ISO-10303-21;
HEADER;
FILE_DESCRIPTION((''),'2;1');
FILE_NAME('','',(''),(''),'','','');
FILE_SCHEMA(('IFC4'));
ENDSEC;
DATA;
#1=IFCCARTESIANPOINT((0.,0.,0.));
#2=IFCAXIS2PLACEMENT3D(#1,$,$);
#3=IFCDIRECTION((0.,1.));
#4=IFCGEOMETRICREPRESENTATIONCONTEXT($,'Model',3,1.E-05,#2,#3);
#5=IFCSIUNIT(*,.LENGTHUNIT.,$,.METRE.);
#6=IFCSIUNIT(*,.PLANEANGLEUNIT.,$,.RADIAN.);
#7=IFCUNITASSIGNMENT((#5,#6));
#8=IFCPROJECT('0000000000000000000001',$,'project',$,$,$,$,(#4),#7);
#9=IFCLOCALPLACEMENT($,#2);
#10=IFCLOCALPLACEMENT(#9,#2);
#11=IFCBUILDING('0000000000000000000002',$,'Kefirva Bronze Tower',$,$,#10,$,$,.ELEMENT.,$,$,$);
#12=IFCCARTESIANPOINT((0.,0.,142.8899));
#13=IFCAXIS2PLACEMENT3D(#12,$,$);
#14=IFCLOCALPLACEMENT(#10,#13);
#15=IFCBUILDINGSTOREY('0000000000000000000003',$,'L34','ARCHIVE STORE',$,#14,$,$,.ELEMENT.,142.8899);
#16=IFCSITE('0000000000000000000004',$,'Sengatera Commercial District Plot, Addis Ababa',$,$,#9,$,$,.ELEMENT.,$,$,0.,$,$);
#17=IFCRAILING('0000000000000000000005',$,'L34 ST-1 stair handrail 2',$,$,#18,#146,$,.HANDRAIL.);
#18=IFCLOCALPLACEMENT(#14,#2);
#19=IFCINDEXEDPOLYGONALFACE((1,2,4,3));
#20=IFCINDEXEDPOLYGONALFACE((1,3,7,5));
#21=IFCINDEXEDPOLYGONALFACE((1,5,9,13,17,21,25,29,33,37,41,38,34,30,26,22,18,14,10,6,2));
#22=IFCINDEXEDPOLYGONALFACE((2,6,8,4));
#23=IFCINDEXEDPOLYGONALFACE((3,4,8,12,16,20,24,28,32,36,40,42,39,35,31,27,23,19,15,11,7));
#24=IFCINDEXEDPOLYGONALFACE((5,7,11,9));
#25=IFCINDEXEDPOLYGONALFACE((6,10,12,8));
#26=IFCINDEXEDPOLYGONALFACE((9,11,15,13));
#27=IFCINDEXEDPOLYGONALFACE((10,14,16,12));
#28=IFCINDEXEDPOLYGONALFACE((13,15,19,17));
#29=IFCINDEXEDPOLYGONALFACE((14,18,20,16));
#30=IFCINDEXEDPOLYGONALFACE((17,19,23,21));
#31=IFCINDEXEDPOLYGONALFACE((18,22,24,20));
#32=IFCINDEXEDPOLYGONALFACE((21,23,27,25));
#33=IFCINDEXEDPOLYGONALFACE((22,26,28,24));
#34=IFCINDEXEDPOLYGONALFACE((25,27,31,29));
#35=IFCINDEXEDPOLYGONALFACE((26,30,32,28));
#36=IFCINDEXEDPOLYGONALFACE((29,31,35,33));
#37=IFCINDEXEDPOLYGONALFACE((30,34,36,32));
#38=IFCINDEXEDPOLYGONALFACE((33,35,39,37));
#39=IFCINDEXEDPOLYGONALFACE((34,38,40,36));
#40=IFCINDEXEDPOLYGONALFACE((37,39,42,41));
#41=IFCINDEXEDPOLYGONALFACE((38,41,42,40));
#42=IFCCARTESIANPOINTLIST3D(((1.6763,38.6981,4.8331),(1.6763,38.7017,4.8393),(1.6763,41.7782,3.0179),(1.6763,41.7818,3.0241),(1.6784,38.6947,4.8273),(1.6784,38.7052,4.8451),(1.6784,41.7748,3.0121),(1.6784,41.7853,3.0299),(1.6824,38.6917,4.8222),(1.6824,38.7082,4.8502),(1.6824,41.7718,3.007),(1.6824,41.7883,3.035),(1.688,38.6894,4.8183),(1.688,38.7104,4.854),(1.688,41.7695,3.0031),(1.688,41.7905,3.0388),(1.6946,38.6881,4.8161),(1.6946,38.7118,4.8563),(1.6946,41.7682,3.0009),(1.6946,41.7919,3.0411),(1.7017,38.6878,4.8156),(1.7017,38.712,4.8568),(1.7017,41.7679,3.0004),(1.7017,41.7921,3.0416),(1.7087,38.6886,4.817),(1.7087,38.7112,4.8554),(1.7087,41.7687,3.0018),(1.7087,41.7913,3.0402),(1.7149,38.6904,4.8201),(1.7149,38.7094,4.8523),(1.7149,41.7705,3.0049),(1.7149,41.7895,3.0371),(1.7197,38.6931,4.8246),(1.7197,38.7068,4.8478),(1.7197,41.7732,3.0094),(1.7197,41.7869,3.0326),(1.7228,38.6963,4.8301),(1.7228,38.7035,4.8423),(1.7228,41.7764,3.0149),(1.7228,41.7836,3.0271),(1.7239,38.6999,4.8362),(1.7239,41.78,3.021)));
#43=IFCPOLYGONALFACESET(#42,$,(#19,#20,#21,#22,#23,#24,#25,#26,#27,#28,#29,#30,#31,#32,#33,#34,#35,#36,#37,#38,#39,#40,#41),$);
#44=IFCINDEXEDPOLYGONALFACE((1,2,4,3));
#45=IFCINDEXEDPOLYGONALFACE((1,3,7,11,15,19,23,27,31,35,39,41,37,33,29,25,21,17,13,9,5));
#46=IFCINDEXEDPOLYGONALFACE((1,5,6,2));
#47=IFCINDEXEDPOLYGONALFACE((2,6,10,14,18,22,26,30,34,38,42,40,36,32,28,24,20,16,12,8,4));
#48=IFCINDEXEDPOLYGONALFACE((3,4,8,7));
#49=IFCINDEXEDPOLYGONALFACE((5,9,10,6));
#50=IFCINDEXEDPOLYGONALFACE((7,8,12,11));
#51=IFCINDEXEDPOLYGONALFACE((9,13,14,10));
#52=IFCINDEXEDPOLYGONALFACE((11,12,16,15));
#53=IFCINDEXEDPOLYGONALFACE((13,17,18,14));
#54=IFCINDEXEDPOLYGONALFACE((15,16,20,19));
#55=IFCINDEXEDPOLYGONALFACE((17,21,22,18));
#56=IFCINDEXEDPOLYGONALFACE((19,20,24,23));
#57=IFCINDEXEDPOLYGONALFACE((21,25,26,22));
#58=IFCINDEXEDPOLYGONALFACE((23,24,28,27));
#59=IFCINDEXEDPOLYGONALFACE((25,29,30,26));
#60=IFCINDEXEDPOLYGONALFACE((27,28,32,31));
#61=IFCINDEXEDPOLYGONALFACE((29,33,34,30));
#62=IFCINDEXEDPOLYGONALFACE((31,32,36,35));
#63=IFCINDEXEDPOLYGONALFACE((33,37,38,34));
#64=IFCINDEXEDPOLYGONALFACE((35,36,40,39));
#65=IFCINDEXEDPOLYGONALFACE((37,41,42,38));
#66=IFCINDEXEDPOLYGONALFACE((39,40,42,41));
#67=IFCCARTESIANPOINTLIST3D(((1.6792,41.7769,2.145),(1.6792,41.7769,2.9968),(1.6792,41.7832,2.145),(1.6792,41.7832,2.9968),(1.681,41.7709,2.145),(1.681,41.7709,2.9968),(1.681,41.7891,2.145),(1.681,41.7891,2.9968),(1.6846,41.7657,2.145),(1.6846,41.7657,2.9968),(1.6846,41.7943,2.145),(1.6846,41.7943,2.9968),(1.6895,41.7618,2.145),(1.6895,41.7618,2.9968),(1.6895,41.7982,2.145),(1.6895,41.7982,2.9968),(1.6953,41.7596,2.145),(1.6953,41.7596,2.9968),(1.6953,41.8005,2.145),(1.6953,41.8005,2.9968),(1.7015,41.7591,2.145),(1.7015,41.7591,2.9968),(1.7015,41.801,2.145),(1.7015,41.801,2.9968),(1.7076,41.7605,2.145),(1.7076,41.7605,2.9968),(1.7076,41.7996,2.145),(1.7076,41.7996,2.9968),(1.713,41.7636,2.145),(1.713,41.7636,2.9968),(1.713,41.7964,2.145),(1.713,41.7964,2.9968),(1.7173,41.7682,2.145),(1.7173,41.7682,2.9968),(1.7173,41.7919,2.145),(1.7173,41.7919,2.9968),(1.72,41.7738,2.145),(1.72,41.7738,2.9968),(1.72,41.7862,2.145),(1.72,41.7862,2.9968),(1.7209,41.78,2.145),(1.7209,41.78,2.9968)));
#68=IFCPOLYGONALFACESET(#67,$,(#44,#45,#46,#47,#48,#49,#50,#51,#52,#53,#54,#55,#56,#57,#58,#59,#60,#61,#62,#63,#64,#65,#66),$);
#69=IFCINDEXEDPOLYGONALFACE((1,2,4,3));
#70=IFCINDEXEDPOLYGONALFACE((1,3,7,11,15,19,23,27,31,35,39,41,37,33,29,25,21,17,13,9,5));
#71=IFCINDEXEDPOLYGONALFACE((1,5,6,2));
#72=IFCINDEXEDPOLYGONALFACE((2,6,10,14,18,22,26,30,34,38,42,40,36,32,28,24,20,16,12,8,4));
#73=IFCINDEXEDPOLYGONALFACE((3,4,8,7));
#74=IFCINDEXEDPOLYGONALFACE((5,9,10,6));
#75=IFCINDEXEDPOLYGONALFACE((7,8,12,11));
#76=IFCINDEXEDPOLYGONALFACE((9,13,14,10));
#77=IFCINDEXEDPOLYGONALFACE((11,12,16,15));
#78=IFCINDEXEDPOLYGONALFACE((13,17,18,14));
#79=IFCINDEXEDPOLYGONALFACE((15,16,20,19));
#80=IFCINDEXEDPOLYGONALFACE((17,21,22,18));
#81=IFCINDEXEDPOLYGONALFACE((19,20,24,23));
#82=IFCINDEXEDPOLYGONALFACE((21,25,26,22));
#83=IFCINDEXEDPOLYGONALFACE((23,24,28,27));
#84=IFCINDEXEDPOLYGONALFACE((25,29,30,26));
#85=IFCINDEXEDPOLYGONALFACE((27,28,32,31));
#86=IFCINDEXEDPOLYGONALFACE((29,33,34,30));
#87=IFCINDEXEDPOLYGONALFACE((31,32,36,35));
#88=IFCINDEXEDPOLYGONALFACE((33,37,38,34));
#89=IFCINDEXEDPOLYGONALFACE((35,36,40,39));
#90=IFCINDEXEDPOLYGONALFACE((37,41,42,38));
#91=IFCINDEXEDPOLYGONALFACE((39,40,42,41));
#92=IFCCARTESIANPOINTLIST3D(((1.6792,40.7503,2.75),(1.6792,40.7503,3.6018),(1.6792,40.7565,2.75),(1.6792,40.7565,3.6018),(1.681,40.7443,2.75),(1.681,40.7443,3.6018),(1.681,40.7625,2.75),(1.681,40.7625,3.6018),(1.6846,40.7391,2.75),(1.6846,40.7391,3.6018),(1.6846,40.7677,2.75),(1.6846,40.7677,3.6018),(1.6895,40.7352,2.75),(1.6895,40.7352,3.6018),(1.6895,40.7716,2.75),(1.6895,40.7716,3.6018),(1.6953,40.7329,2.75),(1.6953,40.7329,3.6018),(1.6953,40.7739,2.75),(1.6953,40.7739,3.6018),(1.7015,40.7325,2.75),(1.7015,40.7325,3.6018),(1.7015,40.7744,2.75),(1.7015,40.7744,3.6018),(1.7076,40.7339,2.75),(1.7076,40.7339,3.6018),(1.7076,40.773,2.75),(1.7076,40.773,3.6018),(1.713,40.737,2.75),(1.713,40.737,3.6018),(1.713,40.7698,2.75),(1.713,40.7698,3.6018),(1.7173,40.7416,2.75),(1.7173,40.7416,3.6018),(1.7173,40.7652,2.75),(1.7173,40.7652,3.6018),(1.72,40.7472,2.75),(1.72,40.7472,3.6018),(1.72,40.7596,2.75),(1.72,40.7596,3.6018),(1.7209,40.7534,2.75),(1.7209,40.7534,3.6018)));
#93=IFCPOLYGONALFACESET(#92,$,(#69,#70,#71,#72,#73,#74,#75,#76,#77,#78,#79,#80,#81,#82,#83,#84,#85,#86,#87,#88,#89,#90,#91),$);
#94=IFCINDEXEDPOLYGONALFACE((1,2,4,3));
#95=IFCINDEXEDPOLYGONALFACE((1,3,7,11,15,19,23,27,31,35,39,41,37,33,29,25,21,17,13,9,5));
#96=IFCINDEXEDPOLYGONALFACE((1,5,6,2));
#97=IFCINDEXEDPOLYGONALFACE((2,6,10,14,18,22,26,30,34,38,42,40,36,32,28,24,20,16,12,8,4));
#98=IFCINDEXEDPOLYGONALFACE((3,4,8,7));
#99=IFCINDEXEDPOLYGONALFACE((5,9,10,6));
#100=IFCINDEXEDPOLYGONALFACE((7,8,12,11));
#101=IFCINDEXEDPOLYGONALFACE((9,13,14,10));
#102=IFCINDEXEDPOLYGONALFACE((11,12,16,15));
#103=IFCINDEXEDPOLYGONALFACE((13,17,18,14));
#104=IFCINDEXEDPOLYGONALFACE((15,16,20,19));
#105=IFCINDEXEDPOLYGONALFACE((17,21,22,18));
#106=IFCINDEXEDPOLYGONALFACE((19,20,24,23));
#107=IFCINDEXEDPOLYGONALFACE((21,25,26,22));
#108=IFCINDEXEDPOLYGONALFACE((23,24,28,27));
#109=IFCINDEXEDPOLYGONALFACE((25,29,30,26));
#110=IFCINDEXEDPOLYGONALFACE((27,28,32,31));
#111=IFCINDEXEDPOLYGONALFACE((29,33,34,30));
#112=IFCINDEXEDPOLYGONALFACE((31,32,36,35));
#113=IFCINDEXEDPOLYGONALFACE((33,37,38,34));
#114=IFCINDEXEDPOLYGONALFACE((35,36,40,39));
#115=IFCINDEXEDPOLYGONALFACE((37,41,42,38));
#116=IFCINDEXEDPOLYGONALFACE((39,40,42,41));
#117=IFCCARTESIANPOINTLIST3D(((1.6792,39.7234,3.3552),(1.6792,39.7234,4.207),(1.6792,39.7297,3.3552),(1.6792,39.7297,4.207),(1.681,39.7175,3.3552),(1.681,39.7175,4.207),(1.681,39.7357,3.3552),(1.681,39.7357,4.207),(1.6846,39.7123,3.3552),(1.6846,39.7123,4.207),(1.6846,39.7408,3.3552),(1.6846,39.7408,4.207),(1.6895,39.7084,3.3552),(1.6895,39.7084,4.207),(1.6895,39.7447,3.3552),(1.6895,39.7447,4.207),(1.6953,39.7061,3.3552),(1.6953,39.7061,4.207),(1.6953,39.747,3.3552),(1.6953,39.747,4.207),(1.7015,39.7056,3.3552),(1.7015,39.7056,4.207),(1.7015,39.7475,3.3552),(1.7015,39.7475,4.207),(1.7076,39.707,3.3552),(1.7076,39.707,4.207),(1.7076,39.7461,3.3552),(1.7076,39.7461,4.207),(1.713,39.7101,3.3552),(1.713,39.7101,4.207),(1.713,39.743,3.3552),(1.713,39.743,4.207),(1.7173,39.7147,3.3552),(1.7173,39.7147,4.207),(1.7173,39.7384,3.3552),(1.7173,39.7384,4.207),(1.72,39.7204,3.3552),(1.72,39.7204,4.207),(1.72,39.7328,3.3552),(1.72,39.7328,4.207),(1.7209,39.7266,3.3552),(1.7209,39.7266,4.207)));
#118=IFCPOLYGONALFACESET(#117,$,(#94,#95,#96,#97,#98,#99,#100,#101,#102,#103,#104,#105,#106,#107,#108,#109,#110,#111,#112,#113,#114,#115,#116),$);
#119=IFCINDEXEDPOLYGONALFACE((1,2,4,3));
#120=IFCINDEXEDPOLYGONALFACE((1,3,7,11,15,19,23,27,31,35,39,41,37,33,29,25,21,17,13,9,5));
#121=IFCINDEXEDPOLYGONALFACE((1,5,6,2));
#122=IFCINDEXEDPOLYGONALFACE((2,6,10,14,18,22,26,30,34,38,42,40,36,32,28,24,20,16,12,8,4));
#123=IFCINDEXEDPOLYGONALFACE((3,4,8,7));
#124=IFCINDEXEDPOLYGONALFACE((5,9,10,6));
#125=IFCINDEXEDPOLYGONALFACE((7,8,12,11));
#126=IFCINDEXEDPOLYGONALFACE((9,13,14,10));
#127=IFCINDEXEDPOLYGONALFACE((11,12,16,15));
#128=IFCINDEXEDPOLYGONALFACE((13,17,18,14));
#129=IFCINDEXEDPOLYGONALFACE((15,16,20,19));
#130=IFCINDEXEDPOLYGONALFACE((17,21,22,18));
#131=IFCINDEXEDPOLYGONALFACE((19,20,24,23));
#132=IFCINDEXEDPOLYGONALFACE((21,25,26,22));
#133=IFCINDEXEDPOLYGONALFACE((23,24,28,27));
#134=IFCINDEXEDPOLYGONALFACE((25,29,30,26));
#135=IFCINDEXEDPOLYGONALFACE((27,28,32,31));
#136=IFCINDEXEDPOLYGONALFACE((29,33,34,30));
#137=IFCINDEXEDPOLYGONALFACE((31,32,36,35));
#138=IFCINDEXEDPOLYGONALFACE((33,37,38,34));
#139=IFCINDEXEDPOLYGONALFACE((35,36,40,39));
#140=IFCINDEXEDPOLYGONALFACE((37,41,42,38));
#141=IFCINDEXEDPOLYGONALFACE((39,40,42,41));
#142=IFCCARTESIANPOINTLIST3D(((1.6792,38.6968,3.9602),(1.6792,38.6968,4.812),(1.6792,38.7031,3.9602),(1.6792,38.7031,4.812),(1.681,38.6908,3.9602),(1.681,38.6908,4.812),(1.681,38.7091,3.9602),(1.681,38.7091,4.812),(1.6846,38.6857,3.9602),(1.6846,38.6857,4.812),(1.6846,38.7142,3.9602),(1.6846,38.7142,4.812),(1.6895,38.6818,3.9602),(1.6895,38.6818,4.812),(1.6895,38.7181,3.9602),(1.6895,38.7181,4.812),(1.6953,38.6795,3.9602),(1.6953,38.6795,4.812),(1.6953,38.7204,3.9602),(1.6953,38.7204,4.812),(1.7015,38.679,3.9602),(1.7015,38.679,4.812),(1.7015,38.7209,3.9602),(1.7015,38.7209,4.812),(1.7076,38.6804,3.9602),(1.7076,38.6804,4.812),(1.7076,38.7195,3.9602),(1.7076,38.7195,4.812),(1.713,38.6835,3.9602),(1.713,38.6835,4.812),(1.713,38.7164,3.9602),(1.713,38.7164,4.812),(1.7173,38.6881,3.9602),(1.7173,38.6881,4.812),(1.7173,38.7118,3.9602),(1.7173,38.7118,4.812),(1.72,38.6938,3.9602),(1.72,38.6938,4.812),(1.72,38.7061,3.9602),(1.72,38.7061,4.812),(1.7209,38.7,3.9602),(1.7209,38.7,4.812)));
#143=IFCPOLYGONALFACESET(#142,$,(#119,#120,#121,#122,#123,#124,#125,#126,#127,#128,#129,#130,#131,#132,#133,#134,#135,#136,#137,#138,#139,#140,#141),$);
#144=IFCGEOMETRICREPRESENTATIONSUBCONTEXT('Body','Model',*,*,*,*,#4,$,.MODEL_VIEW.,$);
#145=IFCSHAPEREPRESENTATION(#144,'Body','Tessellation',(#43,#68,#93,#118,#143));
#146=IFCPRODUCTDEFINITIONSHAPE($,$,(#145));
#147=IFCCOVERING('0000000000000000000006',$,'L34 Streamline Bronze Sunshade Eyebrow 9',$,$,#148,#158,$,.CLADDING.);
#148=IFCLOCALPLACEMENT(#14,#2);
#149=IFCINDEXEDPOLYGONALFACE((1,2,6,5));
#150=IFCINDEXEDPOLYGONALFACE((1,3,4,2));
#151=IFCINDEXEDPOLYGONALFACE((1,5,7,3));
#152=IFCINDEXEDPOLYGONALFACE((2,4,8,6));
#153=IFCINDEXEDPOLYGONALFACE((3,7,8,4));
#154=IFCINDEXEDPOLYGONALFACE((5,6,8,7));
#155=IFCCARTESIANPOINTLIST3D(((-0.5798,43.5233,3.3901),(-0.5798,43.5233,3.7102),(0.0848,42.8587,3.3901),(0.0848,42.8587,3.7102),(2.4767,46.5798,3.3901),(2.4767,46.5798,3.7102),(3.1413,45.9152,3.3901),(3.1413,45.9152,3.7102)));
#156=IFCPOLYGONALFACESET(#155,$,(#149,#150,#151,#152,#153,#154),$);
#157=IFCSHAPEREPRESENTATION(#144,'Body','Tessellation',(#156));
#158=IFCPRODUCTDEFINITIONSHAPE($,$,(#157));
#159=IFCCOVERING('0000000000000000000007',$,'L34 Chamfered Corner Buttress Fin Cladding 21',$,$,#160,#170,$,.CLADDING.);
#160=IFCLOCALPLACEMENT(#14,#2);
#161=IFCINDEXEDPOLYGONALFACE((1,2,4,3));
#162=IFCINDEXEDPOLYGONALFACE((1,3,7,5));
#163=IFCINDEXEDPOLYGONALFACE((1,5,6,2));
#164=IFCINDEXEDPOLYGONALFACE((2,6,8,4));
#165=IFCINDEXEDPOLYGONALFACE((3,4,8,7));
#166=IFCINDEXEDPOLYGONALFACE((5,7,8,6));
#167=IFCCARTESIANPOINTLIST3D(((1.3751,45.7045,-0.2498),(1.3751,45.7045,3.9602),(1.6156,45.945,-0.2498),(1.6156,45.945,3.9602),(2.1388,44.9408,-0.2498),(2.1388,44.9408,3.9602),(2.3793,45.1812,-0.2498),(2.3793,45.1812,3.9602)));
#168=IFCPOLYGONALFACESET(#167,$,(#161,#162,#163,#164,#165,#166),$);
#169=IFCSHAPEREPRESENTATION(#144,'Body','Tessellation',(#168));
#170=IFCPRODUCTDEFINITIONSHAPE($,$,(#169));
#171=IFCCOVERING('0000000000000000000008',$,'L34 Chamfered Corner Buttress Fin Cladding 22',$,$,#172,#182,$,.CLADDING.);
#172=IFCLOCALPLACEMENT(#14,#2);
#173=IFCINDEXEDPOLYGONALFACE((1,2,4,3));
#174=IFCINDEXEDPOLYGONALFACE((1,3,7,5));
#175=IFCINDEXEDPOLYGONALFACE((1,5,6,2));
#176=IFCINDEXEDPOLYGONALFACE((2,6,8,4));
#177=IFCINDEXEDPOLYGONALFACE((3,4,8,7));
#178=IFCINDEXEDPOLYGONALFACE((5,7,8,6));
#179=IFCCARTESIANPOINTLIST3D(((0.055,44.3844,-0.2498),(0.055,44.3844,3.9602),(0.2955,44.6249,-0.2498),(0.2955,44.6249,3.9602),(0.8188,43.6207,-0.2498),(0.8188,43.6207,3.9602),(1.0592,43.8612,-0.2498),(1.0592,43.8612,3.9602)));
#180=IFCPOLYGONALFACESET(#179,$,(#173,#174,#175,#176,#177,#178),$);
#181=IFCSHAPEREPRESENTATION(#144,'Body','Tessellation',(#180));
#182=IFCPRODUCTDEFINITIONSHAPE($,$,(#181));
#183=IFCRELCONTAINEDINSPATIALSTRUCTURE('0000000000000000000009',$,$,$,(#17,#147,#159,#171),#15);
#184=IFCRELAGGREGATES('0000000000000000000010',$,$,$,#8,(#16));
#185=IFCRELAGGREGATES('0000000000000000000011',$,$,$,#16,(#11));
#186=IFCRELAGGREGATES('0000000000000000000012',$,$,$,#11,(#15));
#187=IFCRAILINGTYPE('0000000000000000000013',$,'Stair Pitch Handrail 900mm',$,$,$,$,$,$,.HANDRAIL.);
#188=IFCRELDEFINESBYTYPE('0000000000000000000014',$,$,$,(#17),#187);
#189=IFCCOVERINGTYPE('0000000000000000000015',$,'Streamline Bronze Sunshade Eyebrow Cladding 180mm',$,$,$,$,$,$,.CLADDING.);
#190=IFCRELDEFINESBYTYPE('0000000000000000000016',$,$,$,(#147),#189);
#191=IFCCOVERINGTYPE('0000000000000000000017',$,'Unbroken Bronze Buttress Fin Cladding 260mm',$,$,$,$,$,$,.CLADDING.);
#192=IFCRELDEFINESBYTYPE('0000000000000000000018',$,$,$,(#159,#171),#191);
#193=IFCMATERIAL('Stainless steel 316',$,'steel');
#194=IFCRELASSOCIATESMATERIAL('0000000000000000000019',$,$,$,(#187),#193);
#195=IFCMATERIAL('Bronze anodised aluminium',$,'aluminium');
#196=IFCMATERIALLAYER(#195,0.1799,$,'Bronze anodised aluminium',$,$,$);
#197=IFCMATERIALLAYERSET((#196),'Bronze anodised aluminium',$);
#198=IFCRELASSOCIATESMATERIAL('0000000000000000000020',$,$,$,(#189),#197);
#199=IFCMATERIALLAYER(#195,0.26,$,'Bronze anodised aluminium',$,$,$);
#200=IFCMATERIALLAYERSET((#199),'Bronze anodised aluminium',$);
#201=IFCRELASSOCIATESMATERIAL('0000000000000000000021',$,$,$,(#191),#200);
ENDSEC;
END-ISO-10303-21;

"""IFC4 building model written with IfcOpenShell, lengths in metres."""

from ifc_helpers import new_model, si_unit, direction, frame, origin, origin_2d, place, context, subcontext, project, spatial, rectangle, circle, extrude, material, layer, layer_set, type_object, element, save


model = new_model("IFC4")

# Units and contexts
model_context = context("Model", 3, precision=1e-05, world=origin(), true_north=direction((0.0, 1.0)))
body_context = subcontext(model_context, "Body", "Model", "MODEL_VIEW")
ifc_project = project(units=[si_unit("LENGTHUNIT", "METRE"), si_unit("PLANEANGLEUNIT", "RADIAN")], contexts=[model_context])

# Site, building, storey
site_placement = place(None, origin())
site = spatial("IfcSite", under=ifc_project, at=site_placement, Name="Sengatera Commercial District Plot, Addis Ababa", CompositionType="ELEMENT", RefElevation=0.0)
building_placement = place(site_placement, origin())
building = spatial("IfcBuilding", under=site, at=building_placement, Name="Kefirva Bronze Tower", CompositionType="ELEMENT")
storey_placement = place(building_placement, frame((0.0, 0.0, 142.8899)))
storey = spatial("IfcBuildingStorey", under=building, at=storey_placement, Name="L34", Description="ARCHIVE STORE", CompositionType="ELEMENT", Elevation=142.8899)

# Shared definitions
ifc_material_1 = material(Name="Bronze anodised aluminium", Category="aluminium")

# Railing
ifc_material_2 = material(Name="Stainless steel 316", Category="steel")
railing_type_1 = type_object("IfcRailingType", Name="Stair Pitch Handrail 900mm", PredefinedType="HANDRAIL", material=ifc_material_2)
railing_1_placement = place(storey_placement, frame((1.7, 41.78, 2.145)))
element("IfcRailing", 1, at=railing_1_placement, inside=storey, type_object=railing_type_1, Name="L34 ST-1 stair handrail 2", PredefinedType="HANDRAIL", context=body_context, shape_type="SweptSolid", body=[
    extrude(circle(Radius=0.0239, at=origin_2d()), frame((0.0, 0.0, 0.876), z_axis=(0.0, -0.861521, 0.507721), x_axis=(1.0, 0.0, 0.0)), (0.0, 0.0, 1.0), 3.5752),
    extrude(circle(Radius=0.021, at=origin_2d()), origin(), (0.0, 0.0, 1.0), 0.8518),
    extrude(circle(Radius=0.021, at=origin_2d()), frame((0.0, -1.0266, 0.605)), (0.0, 0.0, 1.0), 0.8518),
    extrude(circle(Radius=0.021, at=origin_2d()), frame((0.0, -2.0535, 1.2102)), (0.0, 0.0, 1.0), 0.8518),
    extrude(circle(Radius=0.021, at=origin_2d()), frame((0.0, -3.0801, 1.8152)), (0.0, 0.0, 1.0), 0.8518),
])

# Coverings
ifc_layer_1 = layer(ifc_material_1, 0.1799, Name="Bronze anodised aluminium")
ifc_layer_set_1 = layer_set([ifc_layer_1], Name="Bronze anodised aluminium")
covering_type_1 = type_object("IfcCoveringType", Name="Streamline Bronze Sunshade Eyebrow Cladding 180mm", PredefinedType="CLADDING", material=ifc_layer_set_1)
covering_1_placement = place(storey_placement, frame((1.2808, 44.7192, 3.3901), z_axis=(0.0, 0.0, 1.0), x_axis=(-0.707107, -0.707107, 0.0)))
element("IfcCovering", 2, at=covering_1_placement, inside=storey, type_object=covering_type_1, Name="L34 Streamline Bronze Sunshade Eyebrow 9", PredefinedType="CLADDING", context=body_context, shape_type="SweptSolid", body=[
    extrude(rectangle(XDim=4.3225, YDim=0.9399, at=origin_2d()), origin(), (0.0, 0.0, 1.0), 0.3201),
])
ifc_layer_2 = layer(ifc_material_1, 0.26, Name="Bronze anodised aluminium")
ifc_layer_set_2 = layer_set([ifc_layer_2], Name="Bronze anodised aluminium")
covering_type_2 = type_object("IfcCoveringType", Name="Unbroken Bronze Buttress Fin Cladding 260mm", PredefinedType="CLADDING", material=ifc_layer_set_2)
for number, where, z_axis, x_axis, name in (
    (3, (1.8772, 45.4429, -0.2498), (0.0, 0.0, 1.0), (-0.707107, -0.707107, 0.0), "L34 Chamfered Corner Buttress Fin Cladding 21"),
    (4, (0.5571, 44.1228, -0.2498), (0.0, 0.0, 1.0), (-0.707107, -0.707107, 0.0), "L34 Chamfered Corner Buttress Fin Cladding 22"),
):
    element("IfcCovering", number, at=place(storey_placement, frame(where, z_axis=z_axis, x_axis=x_axis)), inside=storey, type_object=covering_type_2, Name=name, PredefinedType="CLADDING", context=body_context, shape_type="SweptSolid", body=[
        extrude(rectangle(XDim=0.3401, YDim=1.0801, at=origin_2d()), origin(), (0.0, 0.0, 1.0), 4.21),
    ])

save(model, "model.ifc")
